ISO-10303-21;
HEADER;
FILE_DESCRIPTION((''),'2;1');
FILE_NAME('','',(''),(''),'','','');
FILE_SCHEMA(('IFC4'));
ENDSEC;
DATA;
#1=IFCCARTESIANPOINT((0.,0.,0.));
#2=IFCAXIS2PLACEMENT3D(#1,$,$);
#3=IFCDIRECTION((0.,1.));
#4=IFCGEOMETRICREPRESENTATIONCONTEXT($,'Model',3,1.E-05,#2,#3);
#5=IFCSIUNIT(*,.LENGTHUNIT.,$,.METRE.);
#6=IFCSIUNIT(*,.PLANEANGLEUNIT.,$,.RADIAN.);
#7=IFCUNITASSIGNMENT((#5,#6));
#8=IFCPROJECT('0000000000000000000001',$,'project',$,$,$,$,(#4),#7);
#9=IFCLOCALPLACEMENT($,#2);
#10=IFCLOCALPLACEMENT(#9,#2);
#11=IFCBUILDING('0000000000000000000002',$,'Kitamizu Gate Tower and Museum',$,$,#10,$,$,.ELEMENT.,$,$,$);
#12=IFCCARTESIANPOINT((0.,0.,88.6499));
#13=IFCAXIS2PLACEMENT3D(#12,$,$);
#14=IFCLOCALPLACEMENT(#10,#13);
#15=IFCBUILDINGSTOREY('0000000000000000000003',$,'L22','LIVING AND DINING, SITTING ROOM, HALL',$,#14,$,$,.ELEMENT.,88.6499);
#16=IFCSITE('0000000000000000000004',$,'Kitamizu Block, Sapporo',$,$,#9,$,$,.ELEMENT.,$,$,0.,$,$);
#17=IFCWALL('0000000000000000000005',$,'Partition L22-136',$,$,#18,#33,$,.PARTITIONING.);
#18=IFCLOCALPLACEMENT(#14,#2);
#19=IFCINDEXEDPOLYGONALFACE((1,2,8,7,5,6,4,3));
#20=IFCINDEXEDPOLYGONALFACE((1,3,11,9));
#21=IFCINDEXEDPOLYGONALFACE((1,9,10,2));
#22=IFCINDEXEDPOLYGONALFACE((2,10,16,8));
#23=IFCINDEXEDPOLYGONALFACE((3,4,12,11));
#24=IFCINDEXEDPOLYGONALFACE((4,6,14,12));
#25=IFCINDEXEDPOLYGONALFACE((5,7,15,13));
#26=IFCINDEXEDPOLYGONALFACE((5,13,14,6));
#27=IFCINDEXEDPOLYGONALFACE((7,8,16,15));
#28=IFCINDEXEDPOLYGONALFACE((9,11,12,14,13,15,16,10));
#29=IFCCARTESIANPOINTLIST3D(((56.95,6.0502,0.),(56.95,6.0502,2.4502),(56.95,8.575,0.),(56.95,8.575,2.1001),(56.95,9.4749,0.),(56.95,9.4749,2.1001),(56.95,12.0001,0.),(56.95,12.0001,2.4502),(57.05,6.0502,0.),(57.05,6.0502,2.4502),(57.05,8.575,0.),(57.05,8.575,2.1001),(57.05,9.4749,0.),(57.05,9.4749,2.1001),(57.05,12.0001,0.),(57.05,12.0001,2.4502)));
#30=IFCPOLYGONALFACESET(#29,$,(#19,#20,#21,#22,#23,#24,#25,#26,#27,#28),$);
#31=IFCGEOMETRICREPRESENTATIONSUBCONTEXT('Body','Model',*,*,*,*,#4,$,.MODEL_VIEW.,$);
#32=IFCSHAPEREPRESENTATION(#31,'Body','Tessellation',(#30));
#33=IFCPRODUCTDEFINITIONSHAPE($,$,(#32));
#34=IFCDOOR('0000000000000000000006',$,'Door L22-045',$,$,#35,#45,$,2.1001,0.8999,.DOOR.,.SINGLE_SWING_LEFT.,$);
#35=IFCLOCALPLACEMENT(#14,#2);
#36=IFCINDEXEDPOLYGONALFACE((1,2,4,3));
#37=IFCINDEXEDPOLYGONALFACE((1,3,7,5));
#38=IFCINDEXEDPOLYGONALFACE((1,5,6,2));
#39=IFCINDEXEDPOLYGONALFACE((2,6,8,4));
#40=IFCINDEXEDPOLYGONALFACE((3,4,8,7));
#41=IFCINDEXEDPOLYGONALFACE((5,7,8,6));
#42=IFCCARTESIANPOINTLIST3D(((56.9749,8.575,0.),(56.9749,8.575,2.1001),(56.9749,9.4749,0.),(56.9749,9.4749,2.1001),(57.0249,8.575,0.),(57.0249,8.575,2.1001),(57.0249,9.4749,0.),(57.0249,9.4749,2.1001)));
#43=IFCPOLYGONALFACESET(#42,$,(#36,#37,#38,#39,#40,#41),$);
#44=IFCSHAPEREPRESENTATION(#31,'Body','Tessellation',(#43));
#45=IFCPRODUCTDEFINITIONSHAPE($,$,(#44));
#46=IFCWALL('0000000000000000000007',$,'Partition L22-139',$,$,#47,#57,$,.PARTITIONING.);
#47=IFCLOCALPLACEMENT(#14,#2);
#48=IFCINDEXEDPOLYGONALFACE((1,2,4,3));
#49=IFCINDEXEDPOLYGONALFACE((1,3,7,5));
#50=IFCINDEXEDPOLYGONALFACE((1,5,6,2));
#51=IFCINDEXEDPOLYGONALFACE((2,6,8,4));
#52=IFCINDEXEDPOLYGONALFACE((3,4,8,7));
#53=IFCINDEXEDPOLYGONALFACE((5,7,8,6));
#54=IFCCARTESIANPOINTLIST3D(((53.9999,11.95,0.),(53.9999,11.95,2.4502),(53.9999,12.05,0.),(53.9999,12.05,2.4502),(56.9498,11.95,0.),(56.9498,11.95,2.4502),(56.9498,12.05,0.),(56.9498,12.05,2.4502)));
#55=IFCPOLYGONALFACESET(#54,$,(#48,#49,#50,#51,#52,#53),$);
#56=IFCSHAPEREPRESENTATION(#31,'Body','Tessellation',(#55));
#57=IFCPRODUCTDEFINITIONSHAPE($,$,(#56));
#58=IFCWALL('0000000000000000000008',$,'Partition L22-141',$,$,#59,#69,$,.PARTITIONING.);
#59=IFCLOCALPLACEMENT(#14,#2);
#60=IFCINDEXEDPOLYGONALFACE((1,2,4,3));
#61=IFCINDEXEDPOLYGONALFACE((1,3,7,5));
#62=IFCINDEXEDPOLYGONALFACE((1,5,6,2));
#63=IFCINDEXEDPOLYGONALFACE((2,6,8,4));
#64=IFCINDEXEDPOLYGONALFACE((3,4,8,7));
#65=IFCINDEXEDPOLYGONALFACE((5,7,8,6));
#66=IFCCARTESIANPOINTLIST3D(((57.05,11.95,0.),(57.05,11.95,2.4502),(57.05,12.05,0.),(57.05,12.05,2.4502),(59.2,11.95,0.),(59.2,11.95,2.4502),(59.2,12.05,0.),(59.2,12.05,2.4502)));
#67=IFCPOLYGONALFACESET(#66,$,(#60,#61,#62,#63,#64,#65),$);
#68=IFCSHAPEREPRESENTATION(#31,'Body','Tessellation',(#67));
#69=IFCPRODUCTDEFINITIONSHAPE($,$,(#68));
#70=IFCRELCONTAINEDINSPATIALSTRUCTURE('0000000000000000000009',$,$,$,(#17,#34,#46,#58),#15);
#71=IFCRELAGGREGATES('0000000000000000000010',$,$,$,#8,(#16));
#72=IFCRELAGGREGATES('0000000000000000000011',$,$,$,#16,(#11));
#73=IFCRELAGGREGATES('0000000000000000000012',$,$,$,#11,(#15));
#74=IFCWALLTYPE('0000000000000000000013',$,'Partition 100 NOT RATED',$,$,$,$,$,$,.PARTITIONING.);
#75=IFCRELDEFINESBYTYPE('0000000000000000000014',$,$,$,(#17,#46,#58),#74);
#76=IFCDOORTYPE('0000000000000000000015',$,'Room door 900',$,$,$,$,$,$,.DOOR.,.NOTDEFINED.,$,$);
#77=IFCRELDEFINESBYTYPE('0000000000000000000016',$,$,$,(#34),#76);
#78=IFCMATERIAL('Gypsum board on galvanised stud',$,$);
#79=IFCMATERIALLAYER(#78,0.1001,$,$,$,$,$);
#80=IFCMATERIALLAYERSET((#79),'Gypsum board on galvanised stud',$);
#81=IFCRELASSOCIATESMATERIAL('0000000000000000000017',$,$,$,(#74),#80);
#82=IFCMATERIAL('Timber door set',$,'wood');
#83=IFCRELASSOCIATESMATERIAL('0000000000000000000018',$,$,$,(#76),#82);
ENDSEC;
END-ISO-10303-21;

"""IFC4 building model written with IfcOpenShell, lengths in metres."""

from ifc_helpers import new_model, si_unit, direction, frame, frame_2d, origin, place, context, subcontext, project, spatial, rectangle, extrude, material, layer, layer_set, type_object, element, fill, save


model = new_model("IFC4")

# Units and contexts
model_context = context("Model", 3, precision=1e-05, world=origin(), true_north=direction((0.0, 1.0)))
body_context = subcontext(model_context, "Body", "Model", "MODEL_VIEW")
ifc_project = project(units=[si_unit("LENGTHUNIT", "METRE"), si_unit("PLANEANGLEUNIT", "RADIAN")], contexts=[model_context])

# Site, building, storey
site_placement = place(None, origin())
site = spatial("IfcSite", under=ifc_project, at=site_placement, Name="Kitamizu Block, Sapporo", CompositionType="ELEMENT", RefElevation=0.0)
building_placement = place(site_placement, origin())
building = spatial("IfcBuilding", under=site, at=building_placement, Name="Kitamizu Gate Tower and Museum", CompositionType="ELEMENT")
storey_placement = place(building_placement, frame((0.0, 0.0, 88.6499)))
storey = spatial("IfcBuildingStorey", under=building, at=storey_placement, Name="L22", Description="LIVING AND DINING, SITTING ROOM, HALL", CompositionType="ELEMENT", Elevation=88.6499)

# Shared definitions
ifc_material_1 = material(Name="Gypsum board on galvanised stud")
ifc_layer_1 = layer(ifc_material_1, 0.1001)
ifc_layer_set_1 = layer_set([ifc_layer_1], Name="Gypsum board on galvanised stud")
wall_type = type_object("IfcWallType", Name="Partition 100 NOT RATED", PredefinedType="PARTITIONING", material=ifc_layer_set_1)

# Wall, opening, door
wall_1_placement = place(storey_placement, frame((57.0, 6.05, 0.0), z_axis=(0.0, 0.0, 1.0), x_axis=(0.0, 1.0, 0.0)))
wall_1 = element("IfcWall", 1, at=wall_1_placement, inside=storey, type_object=wall_type, Name="Partition L22-136", PredefinedType="PARTITIONING", context=body_context, shape_type="SweptSolid", body=[
    extrude(rectangle(XDim=5.95, YDim=0.1001, at=frame_2d((2.9751, 0.0))), origin(), (0.0, 0.0, 1.0), 2.4502),
])
opening_placement = place(wall_1_placement, frame((2.5249, 0.0, 0.0)))
opening = element("IfcOpeningElement", 2, at=opening_placement, cuts=wall_1, PredefinedType="OPENING", context=body_context, shape_type="SweptSolid", body=[
    extrude(rectangle(XDim=0.8999, YDim=2.1001, at=frame_2d((0.45, 1.05))), frame((0.0, 0.0601, 0.0), z_axis=(0.0, -1.0, 0.0), x_axis=(1.0, 0.0, 0.0)), (0.0, 0.0, 1.0), 0.1201),
])
ifc_material_2 = material(Name="Timber door set", Category="wood")
door_type = type_object("IfcDoorType", Name="Room door 900", OperationType="NOTDEFINED", PredefinedType="DOOR", material=ifc_material_2)
door_placement = place(opening_placement, frame((0.8999, 0.0, 0.0), x_axis=(-1.0, 0.0, 0.0)))
door = element("IfcDoor", 3, at=door_placement, inside=storey, type_object=door_type, Name="Door L22-045", OperationType="SINGLE_SWING_LEFT", OverallHeight=2.1001, OverallWidth=0.8999, PredefinedType="DOOR", context=body_context, shape_type="SweptSolid", body=[
    extrude(rectangle(XDim=0.8999, YDim=2.1001, at=frame_2d((0.45, 1.05))), frame((0.0, 0.0249, 0.0), z_axis=(0.0, -1.0, 0.0), x_axis=(1.0, 0.0, 0.0)), (0.0, 0.0, 1.0), 0.05),
])
fill(opening, door)

# Walls
wall_2_placement = place(storey_placement, frame((56.95, 12.0, 0.0), z_axis=(0.0, 0.0, 1.0), x_axis=(-1.0, 0.0, 0.0)))
element("IfcWall", 4, at=wall_2_placement, inside=storey, type_object=wall_type, Name="Partition L22-139", PredefinedType="PARTITIONING", context=body_context, shape_type="SweptSolid", body=[
    extrude(rectangle(XDim=2.95, YDim=0.1001, at=frame_2d((1.4751, 0.0))), origin(), (0.0, 0.0, 1.0), 2.4502),
])
wall_3_placement = place(storey_placement, frame((59.2, 12.0, 0.0), z_axis=(0.0, 0.0, 1.0), x_axis=(-1.0, 0.0, 0.0)))
element("IfcWall", 5, at=wall_3_placement, inside=storey, type_object=wall_type, Name="Partition L22-141", PredefinedType="PARTITIONING", context=body_context, shape_type="SweptSolid", body=[
    extrude(rectangle(XDim=2.1499, YDim=0.1001, at=frame_2d((1.075, 0.0))), origin(), (0.0, 0.0, 1.0), 2.4502),
])

save(model, "model.ifc")
